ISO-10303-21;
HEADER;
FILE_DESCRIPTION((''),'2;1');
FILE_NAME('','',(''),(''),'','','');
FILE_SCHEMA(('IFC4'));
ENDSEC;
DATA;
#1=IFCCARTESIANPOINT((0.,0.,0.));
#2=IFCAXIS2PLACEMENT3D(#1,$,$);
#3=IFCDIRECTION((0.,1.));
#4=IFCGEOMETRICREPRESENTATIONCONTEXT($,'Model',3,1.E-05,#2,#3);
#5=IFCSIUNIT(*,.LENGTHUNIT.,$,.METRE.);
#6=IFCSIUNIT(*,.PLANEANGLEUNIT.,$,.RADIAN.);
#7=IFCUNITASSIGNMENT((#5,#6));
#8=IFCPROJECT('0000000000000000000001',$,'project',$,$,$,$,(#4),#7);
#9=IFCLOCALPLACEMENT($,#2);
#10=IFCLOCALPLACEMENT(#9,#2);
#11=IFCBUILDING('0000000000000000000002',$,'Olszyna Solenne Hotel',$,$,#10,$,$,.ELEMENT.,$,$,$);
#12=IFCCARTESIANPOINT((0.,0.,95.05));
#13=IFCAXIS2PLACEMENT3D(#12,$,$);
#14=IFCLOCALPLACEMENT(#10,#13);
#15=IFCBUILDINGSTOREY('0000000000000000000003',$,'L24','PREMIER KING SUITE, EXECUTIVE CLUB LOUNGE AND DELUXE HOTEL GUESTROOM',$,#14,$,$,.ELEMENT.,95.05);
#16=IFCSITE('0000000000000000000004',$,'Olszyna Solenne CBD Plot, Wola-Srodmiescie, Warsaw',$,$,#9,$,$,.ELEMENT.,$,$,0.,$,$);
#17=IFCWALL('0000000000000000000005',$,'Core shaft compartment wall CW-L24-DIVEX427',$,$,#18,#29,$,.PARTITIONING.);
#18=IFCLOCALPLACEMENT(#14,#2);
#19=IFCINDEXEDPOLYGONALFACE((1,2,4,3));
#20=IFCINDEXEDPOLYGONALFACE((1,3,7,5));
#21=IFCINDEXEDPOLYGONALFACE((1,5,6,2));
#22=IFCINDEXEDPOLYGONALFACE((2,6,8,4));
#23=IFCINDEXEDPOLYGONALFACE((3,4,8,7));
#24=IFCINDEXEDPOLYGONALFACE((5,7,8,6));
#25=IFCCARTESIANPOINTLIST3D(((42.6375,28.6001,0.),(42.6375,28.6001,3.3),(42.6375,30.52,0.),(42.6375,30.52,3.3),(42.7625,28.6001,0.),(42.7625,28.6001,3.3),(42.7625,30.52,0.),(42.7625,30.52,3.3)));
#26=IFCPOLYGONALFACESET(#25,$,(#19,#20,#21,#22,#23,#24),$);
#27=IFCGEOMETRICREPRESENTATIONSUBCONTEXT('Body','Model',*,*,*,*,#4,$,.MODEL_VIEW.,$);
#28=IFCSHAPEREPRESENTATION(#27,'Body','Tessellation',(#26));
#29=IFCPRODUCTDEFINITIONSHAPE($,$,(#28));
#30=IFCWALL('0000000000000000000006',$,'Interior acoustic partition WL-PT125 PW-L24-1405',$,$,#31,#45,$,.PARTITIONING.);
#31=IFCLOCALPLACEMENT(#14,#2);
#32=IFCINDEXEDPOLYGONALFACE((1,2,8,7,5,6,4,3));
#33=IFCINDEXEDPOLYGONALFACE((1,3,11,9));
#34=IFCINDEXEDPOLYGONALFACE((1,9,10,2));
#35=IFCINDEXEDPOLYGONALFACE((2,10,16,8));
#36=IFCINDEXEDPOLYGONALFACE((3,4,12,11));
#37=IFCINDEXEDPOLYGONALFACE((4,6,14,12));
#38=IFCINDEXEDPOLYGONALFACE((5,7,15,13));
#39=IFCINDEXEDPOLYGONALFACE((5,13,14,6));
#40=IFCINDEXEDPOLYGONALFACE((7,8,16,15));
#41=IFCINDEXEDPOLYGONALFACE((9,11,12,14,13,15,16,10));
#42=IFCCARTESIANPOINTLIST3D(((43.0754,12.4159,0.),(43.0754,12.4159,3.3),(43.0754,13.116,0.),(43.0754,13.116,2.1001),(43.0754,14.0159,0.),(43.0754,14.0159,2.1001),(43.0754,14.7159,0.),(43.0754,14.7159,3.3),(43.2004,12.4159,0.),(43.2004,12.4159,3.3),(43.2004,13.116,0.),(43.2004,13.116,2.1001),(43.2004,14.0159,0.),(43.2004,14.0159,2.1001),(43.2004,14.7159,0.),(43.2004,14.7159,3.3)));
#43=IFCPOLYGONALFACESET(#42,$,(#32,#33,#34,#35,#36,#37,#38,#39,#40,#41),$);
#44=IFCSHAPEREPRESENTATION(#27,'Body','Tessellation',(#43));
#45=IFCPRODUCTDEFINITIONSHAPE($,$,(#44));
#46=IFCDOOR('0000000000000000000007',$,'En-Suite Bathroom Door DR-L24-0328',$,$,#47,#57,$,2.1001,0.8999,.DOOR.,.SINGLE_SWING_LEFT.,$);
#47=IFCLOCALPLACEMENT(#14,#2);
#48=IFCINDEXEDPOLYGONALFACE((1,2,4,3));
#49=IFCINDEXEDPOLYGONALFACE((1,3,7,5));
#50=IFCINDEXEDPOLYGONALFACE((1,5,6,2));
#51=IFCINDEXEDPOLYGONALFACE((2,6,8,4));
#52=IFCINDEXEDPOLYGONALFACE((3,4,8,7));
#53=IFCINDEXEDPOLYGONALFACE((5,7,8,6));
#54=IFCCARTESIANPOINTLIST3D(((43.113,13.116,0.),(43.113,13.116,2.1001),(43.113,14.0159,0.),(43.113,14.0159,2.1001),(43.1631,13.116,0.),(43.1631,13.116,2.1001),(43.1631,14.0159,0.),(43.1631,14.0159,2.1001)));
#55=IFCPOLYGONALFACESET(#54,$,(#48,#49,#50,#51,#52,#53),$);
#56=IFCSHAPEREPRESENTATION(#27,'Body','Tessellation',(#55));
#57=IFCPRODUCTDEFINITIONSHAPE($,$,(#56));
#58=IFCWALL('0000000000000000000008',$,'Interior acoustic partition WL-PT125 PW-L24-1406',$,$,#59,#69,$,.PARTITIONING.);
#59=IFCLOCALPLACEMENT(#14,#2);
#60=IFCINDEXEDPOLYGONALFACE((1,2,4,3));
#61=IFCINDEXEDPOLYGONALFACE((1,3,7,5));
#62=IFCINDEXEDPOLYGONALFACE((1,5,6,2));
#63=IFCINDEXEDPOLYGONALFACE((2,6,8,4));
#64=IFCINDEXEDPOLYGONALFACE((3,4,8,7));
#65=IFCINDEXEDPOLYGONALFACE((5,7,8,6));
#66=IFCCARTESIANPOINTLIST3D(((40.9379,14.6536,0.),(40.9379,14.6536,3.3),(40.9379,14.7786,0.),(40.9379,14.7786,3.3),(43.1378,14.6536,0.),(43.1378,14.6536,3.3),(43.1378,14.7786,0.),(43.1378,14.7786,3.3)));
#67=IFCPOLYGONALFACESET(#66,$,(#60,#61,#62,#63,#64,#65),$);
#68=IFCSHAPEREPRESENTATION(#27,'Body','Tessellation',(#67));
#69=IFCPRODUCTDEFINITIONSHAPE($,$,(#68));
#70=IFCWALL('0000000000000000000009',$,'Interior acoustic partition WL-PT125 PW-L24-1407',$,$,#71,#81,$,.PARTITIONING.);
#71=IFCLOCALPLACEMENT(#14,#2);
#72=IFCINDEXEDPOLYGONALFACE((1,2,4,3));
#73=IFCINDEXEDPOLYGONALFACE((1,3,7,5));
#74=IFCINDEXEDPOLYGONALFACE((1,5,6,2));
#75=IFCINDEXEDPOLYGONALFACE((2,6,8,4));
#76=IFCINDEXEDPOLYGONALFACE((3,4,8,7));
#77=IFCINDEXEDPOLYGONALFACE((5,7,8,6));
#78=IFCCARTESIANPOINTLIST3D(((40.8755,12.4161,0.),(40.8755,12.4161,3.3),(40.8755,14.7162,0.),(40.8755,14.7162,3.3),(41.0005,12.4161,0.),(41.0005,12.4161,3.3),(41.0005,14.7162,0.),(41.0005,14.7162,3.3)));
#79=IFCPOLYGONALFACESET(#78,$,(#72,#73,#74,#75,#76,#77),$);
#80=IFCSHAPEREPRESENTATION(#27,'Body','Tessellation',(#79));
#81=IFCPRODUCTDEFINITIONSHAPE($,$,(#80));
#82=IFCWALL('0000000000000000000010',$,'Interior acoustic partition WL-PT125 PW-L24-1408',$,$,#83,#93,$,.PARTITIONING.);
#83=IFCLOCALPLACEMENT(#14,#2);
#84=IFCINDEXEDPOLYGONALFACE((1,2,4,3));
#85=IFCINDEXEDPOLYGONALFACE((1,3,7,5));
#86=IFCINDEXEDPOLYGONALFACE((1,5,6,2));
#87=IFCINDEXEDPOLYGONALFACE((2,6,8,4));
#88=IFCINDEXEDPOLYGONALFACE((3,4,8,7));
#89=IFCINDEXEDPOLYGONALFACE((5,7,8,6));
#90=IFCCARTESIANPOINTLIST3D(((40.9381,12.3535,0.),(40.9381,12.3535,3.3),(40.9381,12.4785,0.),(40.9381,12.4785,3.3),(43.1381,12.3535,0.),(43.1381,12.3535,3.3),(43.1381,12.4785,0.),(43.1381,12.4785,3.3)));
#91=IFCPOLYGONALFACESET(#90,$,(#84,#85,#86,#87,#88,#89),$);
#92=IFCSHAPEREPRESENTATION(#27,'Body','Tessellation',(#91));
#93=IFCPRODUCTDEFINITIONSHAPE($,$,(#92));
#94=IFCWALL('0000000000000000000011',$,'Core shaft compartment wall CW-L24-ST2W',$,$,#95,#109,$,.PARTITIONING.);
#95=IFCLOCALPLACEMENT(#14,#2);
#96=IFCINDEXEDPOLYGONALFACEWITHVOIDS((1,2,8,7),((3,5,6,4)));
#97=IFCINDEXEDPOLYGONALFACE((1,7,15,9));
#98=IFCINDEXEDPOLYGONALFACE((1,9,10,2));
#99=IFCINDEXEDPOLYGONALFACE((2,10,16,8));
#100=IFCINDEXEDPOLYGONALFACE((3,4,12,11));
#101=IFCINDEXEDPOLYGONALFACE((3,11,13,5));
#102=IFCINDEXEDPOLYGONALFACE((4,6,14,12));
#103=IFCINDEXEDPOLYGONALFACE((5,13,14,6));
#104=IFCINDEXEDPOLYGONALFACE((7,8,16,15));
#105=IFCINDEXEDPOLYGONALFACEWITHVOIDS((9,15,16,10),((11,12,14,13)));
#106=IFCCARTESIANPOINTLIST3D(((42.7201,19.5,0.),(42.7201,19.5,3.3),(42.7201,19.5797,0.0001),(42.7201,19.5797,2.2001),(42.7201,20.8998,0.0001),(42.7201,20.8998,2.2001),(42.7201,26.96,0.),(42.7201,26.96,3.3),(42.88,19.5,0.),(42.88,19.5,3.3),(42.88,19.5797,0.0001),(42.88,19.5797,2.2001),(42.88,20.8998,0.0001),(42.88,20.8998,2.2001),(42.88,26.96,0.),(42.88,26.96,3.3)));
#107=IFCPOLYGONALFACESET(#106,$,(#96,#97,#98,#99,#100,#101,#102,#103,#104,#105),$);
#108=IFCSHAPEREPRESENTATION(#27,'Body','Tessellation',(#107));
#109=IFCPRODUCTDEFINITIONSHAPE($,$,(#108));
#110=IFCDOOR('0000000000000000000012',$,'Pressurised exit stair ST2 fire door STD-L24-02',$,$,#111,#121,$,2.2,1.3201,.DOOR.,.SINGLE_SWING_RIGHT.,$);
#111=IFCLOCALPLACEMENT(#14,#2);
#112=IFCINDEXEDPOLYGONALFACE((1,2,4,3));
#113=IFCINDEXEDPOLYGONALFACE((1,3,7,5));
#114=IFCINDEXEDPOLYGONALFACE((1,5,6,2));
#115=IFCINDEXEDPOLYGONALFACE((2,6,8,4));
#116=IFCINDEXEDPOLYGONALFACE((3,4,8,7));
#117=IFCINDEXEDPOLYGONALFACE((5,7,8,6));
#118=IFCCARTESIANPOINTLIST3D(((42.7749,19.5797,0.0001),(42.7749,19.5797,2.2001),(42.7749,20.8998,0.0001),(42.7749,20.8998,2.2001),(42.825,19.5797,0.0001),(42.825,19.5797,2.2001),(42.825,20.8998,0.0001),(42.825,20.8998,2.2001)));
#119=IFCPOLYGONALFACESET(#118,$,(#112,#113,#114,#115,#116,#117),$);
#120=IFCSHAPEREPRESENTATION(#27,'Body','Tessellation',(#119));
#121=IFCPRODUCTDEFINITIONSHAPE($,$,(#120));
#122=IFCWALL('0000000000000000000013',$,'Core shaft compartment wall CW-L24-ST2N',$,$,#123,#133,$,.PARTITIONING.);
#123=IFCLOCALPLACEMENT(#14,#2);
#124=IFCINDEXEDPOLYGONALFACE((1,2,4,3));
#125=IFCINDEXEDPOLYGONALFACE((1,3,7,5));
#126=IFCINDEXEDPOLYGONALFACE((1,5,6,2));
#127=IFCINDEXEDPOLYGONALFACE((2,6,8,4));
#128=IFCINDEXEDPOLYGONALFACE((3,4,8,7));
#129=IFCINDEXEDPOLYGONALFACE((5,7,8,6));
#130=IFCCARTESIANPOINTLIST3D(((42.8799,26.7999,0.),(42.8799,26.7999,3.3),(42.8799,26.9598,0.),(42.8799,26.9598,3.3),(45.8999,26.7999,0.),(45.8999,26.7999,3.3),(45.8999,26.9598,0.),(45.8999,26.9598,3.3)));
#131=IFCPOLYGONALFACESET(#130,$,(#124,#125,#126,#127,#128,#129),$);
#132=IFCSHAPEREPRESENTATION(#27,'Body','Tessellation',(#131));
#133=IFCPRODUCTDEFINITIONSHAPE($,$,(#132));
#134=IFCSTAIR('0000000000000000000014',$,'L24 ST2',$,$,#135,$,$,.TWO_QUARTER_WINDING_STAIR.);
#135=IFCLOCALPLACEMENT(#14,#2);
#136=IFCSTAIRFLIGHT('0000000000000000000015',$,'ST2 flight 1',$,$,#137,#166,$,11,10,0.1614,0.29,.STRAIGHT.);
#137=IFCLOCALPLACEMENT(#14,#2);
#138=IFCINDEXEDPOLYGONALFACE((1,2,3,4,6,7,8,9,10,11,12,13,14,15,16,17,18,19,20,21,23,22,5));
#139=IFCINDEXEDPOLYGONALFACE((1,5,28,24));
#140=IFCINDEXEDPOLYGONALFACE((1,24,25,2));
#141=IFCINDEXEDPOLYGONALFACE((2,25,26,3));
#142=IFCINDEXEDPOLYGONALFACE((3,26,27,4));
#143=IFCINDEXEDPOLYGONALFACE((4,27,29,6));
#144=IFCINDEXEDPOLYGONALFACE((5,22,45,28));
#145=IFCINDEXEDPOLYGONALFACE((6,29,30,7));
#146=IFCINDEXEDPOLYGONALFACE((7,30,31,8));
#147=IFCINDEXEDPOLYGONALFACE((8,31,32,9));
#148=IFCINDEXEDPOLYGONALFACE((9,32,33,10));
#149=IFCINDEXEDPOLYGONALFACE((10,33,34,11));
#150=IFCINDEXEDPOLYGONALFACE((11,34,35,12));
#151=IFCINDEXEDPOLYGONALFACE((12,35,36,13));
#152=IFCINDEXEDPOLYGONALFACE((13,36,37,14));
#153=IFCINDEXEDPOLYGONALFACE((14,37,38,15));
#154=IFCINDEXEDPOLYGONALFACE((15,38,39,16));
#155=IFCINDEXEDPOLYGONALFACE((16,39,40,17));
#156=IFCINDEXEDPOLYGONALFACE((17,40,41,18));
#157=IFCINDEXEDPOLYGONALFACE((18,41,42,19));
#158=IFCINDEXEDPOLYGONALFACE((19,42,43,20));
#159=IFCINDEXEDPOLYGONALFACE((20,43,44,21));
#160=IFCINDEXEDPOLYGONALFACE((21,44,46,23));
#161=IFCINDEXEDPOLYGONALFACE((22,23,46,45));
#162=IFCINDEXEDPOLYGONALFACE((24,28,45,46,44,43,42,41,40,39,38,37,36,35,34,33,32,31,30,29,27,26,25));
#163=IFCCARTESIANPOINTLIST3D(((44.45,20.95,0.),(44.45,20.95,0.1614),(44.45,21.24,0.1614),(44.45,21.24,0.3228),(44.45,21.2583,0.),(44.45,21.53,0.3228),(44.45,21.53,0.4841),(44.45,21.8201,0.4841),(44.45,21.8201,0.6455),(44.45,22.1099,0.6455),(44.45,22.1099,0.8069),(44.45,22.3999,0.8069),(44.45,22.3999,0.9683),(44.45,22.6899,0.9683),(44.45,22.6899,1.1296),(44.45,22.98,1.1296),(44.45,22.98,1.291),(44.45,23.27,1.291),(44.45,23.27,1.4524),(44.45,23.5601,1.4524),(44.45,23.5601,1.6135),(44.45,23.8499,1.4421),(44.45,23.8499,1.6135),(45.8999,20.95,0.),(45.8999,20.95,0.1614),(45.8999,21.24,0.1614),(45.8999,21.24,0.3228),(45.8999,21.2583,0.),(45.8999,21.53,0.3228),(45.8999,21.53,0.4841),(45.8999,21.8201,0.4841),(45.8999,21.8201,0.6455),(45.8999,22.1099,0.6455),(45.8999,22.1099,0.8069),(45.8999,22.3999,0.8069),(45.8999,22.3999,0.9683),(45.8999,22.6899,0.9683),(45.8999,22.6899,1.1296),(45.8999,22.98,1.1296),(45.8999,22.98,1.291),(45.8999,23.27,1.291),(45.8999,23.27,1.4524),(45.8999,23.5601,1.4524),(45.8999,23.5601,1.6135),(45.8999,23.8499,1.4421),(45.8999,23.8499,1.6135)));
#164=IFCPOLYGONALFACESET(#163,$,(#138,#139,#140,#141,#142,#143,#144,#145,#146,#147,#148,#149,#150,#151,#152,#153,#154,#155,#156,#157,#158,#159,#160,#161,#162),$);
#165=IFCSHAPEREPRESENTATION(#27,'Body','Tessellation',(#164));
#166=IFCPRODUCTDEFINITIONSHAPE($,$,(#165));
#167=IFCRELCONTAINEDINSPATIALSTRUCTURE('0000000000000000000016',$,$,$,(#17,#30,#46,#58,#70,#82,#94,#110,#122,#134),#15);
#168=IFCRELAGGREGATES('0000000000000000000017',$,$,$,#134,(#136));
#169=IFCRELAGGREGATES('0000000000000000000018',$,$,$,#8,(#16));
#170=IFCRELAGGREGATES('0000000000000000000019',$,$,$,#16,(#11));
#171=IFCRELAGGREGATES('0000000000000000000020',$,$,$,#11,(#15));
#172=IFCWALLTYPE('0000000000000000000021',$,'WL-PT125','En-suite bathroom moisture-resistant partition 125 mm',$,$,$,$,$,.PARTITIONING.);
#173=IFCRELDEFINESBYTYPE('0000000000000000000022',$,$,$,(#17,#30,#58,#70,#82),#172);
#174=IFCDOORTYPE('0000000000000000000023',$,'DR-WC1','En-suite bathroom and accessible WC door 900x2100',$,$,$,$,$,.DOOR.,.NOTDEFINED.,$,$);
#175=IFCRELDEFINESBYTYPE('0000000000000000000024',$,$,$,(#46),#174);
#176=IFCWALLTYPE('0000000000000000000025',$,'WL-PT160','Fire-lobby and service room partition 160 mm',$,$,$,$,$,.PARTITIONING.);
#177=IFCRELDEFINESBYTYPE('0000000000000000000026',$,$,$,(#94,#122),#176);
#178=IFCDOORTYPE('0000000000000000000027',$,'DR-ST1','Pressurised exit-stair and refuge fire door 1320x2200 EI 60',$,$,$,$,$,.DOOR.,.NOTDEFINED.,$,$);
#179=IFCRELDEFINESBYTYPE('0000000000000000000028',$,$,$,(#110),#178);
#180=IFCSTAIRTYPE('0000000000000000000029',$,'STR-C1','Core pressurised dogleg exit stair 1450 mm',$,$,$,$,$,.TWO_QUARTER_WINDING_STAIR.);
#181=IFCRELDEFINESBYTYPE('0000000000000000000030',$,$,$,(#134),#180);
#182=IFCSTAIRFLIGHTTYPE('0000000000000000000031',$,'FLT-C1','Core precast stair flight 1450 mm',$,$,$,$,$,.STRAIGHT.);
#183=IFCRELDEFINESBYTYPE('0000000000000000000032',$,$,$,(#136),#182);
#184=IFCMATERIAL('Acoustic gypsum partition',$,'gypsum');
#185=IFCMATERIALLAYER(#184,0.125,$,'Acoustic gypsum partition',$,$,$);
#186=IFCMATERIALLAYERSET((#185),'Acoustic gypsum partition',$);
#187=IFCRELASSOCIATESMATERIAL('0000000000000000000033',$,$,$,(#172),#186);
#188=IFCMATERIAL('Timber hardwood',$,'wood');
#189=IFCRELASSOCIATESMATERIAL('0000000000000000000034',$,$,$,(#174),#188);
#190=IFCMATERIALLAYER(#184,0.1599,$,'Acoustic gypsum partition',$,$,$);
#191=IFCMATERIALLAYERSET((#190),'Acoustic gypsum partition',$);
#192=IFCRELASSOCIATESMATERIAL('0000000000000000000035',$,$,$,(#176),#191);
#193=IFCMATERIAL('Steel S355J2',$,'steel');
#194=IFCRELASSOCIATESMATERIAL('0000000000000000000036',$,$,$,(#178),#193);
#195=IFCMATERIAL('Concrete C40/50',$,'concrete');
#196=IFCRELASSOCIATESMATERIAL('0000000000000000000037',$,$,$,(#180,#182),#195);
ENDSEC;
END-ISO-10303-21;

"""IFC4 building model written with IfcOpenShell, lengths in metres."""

from ifc_helpers import new_model, si_unit, direction, frame, frame_2d, origin, place, context, subcontext, project, spatial, polyline, rectangle, outline, extrude, source, transform, mapped, material, layer, layer_set, type_object, type_shapes, element, fill, aggregate, save


model = new_model("IFC4")

# Units and contexts
model_context = context("Model", 3, precision=1e-05, world=origin(), true_north=direction((0.0, 1.0)))
body_context = subcontext(model_context, "Body", "Model", "MODEL_VIEW")
ifc_project = project(units=[si_unit("LENGTHUNIT", "METRE"), si_unit("PLANEANGLEUNIT", "RADIAN")], contexts=[model_context])

# Site, building, storey
site_placement = place(None, origin())
site = spatial("IfcSite", under=ifc_project, at=site_placement, Name="Olszyna Solenne CBD Plot, Wola-Srodmiescie, Warsaw", CompositionType="ELEMENT", RefElevation=0.0)
building_placement = place(site_placement, origin())
building = spatial("IfcBuilding", under=site, at=building_placement, Name="Olszyna Solenne Hotel", CompositionType="ELEMENT")
storey_placement = place(building_placement, frame((0.0, 0.0, 95.05)))
storey = spatial("IfcBuildingStorey", under=building, at=storey_placement, Name="L24", Description="PREMIER KING SUITE, EXECUTIVE CLUB LOUNGE AND DELUXE HOTEL GUESTROOM", CompositionType="ELEMENT", Elevation=95.05)

# Wall
ifc_material_1 = material(Name="Acoustic gypsum partition", Category="gypsum")
ifc_layer_1 = layer(ifc_material_1, 0.125, Name="Acoustic gypsum partition")
ifc_layer_set_1 = layer_set([ifc_layer_1], Name="Acoustic gypsum partition")
wall_type_1 = type_object("IfcWallType", Name="WL-PT125", Description="En-suite bathroom moisture-resistant partition 125 mm", PredefinedType="PARTITIONING", material=ifc_layer_set_1)
wall_1_placement = place(storey_placement, frame((42.7, 28.6001, 0.0), z_axis=(0.0, 0.0, 1.0), x_axis=(0.0, 1.0, 0.0)))
element("IfcWall", 1, at=wall_1_placement, inside=storey, type_object=wall_type_1, Name="Core shaft compartment wall CW-L24-DIVEX427", PredefinedType="PARTITIONING", context=body_context, shape_type="SweptSolid", body=[
    extrude(rectangle(XDim=1.9199, YDim=0.125, at=frame_2d((0.96, 0.0))), origin(), (0.0, 0.0, 1.0), 3.3),
])

# Wall, opening, door
wall_2_placement = place(storey_placement, frame((43.1379, 12.416, 0.0), z_axis=(0.0, 0.0, 1.0), x_axis=(0.0, 1.0, 0.0)))
wall_2 = element("IfcWall", 2, at=wall_2_placement, inside=storey, type_object=wall_type_1, Name="Interior acoustic partition WL-PT125 PW-L24-1405", PredefinedType="PARTITIONING", context=body_context, shape_type="SweptSolid", body=[
    extrude(rectangle(XDim=2.3, YDim=0.125, at=frame_2d((1.1499, 0.0))), origin(), (0.0, 0.0, 1.0), 3.3),
])
opening_1_placement = place(wall_2_placement, frame((0.7, 0.0, 0.0)))
opening_1 = element("IfcOpeningElement", 3, at=opening_1_placement, cuts=wall_2, PredefinedType="OPENING", context=body_context, shape_type="SweptSolid", body=[
    extrude(rectangle(XDim=0.8999, YDim=2.1001, at=frame_2d((0.45, 1.05))), frame((0.0, 0.0725, 0.0), z_axis=(0.0, -1.0, 0.0), x_axis=(1.0, 0.0, 0.0)), (0.0, 0.0, 1.0), 0.145),
])
ifc_material_2 = material(Name="Timber hardwood", Category="wood")
door_type_1 = type_object("IfcDoorType", Name="DR-WC1", Description="En-suite bathroom and accessible WC door 900x2100", OperationType="NOTDEFINED", PredefinedType="DOOR", material=ifc_material_2)
shared_shape_1 = source(origin(), body_context, "Body", "SweptSolid", [
    extrude(rectangle(XDim=0.8999, YDim=2.1001, at=frame_2d((0.45, 1.05))), frame((0.0, 0.0249, 0.0), z_axis=(0.0, -1.0, 0.0), x_axis=(1.0, 0.0, 0.0)), (0.0, 0.0, 1.0), 0.05),
])
type_shapes(door_type_1, [shared_shape_1])
door_1_placement = place(opening_1_placement, origin())
door_1 = element("IfcDoor", 4, at=door_1_placement, inside=storey, type_object=door_type_1, Name="En-Suite Bathroom Door DR-L24-0328", OperationType="SINGLE_SWING_LEFT", OverallHeight=2.1001, OverallWidth=0.8999, PredefinedType="DOOR", context=body_context, shape_type="MappedRepresentation", body=[
    mapped(shared_shape_1, transform((0.0, 0.0, 0.0), x_axis=(1.0, 0.0, 0.0), y_axis=(0.0, 1.0, 0.0), z_axis=(0.0, 0.0, 1.0), scale=1.0)),
])
fill(opening_1, door_1)

# Walls
wall_3_placement = place(storey_placement, frame((43.1379, 14.7161, 0.0), z_axis=(0.0, 0.0, 1.0), x_axis=(-1.0, 0.0, 0.0)))
element("IfcWall", 5, at=wall_3_placement, inside=storey, type_object=wall_type_1, Name="Interior acoustic partition WL-PT125 PW-L24-1406", PredefinedType="PARTITIONING", context=body_context, shape_type="SweptSolid", body=[
    extrude(rectangle(XDim=2.2, YDim=0.125, at=frame_2d((1.1001, 0.0))), origin(), (0.0, 0.0, 1.0), 3.3),
])
wall_4_placement = place(storey_placement, frame((40.938, 14.7161, 0.0), z_axis=(0.0, 0.0, 1.0), x_axis=(0.0, -1.0, 0.0)))
element("IfcWall", 6, at=wall_4_placement, inside=storey, type_object=wall_type_1, Name="Interior acoustic partition WL-PT125 PW-L24-1407", PredefinedType="PARTITIONING", context=body_context, shape_type="SweptSolid", body=[
    extrude(rectangle(XDim=2.3, YDim=0.125, at=frame_2d((1.1499, 0.0))), origin(), (0.0, 0.0, 1.0), 3.3),
])
wall_5_placement = place(storey_placement, frame((40.938, 12.416, 0.0), z_axis=(0.0, 0.0, 1.0), x_axis=(1.0, 0.0, 0.0)))
element("IfcWall", 7, at=wall_5_placement, inside=storey, type_object=wall_type_1, Name="Interior acoustic partition WL-PT125 PW-L24-1408", PredefinedType="PARTITIONING", context=body_context, shape_type="SweptSolid", body=[
    extrude(rectangle(XDim=2.2, YDim=0.125, at=frame_2d((1.1001, 0.0))), origin(), (0.0, 0.0, 1.0), 3.3),
])

# Wall, opening, door
ifc_layer_2 = layer(ifc_material_1, 0.1599, Name="Acoustic gypsum partition")
ifc_layer_set_2 = layer_set([ifc_layer_2], Name="Acoustic gypsum partition")
wall_type_2 = type_object("IfcWallType", Name="WL-PT160", Description="Fire-lobby and service room partition 160 mm", PredefinedType="PARTITIONING", material=ifc_layer_set_2)
wall_6_placement = place(storey_placement, frame((42.8, 26.96, 0.0), z_axis=(0.0, 0.0, 1.0), x_axis=(0.0, -1.0, 0.0)))
wall_6 = element("IfcWall", 8, at=wall_6_placement, inside=storey, type_object=wall_type_2, Name="Core shaft compartment wall CW-L24-ST2W", PredefinedType="PARTITIONING", context=body_context, shape_type="SweptSolid", body=[
    extrude(rectangle(XDim=7.46, YDim=0.1599, at=frame_2d((3.73, 0.0))), origin(), (0.0, 0.0, 1.0), 3.3),
])
opening_2_placement = place(wall_6_placement, frame((6.0601, 0.0, 0.0)))
opening_2 = element("IfcOpeningElement", 9, at=opening_2_placement, cuts=wall_6, PredefinedType="OPENING", context=body_context, shape_type="SweptSolid", body=[
    extrude(rectangle(XDim=1.3201, YDim=2.2, at=frame_2d((0.6602, 1.1001))), frame((0.0, 0.0898, 0.0), z_axis=(0.0, -1.0, 0.0), x_axis=(1.0, 0.0, 0.0)), (0.0, 0.0, 1.0), 0.1799),
])
ifc_material_3 = material(Name="Steel S355J2", Category="steel")
door_type_2 = type_object("IfcDoorType", Name="DR-ST1", Description="Pressurised exit-stair and refuge fire door 1320x2200 EI 60", OperationType="NOTDEFINED", PredefinedType="DOOR", material=ifc_material_3)
shared_shape_2 = source(origin(), body_context, "Body", "SweptSolid", [
    extrude(rectangle(XDim=1.3201, YDim=2.2, at=frame_2d((0.6602, 1.1001))), frame((0.0, 0.0249, 0.0), z_axis=(0.0, -1.0, 0.0), x_axis=(1.0, 0.0, 0.0)), (0.0, 0.0, 1.0), 0.05),
])
type_shapes(door_type_2, [shared_shape_2])
door_2_placement = place(opening_2_placement, origin())
door_2 = element("IfcDoor", 10, at=door_2_placement, inside=storey, type_object=door_type_2, Name="Pressurised exit stair ST2 fire door STD-L24-02", OperationType="SINGLE_SWING_RIGHT", OverallHeight=2.2, OverallWidth=1.3201, PredefinedType="DOOR", context=body_context, shape_type="MappedRepresentation", body=[
    mapped(shared_shape_2, transform((0.0, 0.0, 0.0), x_axis=(1.0, 0.0, 0.0), y_axis=(0.0, 1.0, 0.0), z_axis=(0.0, 0.0, 1.0), scale=1.0)),
])
fill(opening_2, door_2)

# Wall
wall_7_placement = place(storey_placement, frame((42.8799, 26.8799, 0.0), z_axis=(0.0, 0.0, 1.0), x_axis=(1.0, 0.0, 0.0)))
element("IfcWall", 11, at=wall_7_placement, inside=storey, type_object=wall_type_2, Name="Core shaft compartment wall CW-L24-ST2N", PredefinedType="PARTITIONING", context=body_context, shape_type="SweptSolid", body=[
    extrude(rectangle(XDim=3.02, YDim=0.1599, at=frame_2d((1.51, 0.0))), origin(), (0.0, 0.0, 1.0), 3.3),
])

# Stair, stair flight
ifc_material_4 = material(Name="Concrete C40/50", Category="concrete")
stair_type = type_object("IfcStairType", Name="STR-C1", Description="Core pressurised dogleg exit stair 1450 mm", PredefinedType="TWO_QUARTER_WINDING_STAIR", material=ifc_material_4)
stair_placement = place(storey_placement, origin())
stair = element("IfcStair", 12, at=stair_placement, inside=storey, type_object=stair_type, Name="L24 ST2", PredefinedType="TWO_QUARTER_WINDING_STAIR")
stair_flight_type = type_object("IfcStairFlightType", Name="FLT-C1", Description="Core precast stair flight 1450 mm", PredefinedType="STRAIGHT", material=ifc_material_4)
stair_flight_1_placement = place(storey_placement, frame((45.175, 20.95, 0.0), z_axis=(0.0, 0.0, 1.0), x_axis=(0.0, 1.0, 0.0)))
stair_flight_1 = element("IfcStairFlight", 13, at=stair_flight_1_placement, type_object=stair_flight_type, Name="ST2 flight 1", NumberOfRisers=11, NumberOfTreads=10, PredefinedType="STRAIGHT", RiserHeight=0.1614, TreadLength=0.29, context=body_context, shape_type="SweptSolid", body=[
    extrude(outline(polyline([(0.0, 0.0), (0.0, 0.1614), (0.29, 0.1614), (0.29, 0.3228), (0.5801, 0.3228), (0.5801, 0.4841), (0.8701, 0.4841), (0.8701, 0.6455), (1.1599, 0.6455), (1.1599, 0.8069), (1.45, 0.8069), (1.45, 0.9683), (1.74, 0.9683), (1.74, 1.1296), (2.03, 1.1296), (2.03, 1.291), (2.3201, 1.291), (2.3201, 1.4524), (2.6101, 1.4524), (2.6101, 1.6135), (2.8999, 1.6135), (2.8999, 1.7749), (2.8999, 1.4421), (0.3083, 0.0), (0.0, 0.0)])), frame((0.0, 0.7251, 0.0), z_axis=(0.0, -1.0, 0.0), x_axis=(1.0, 0.0, 0.0)), (0.0, 0.0, 1.0), 1.45),
])
aggregate(stair, [stair_flight_1])

save(model, "model.ifc")
